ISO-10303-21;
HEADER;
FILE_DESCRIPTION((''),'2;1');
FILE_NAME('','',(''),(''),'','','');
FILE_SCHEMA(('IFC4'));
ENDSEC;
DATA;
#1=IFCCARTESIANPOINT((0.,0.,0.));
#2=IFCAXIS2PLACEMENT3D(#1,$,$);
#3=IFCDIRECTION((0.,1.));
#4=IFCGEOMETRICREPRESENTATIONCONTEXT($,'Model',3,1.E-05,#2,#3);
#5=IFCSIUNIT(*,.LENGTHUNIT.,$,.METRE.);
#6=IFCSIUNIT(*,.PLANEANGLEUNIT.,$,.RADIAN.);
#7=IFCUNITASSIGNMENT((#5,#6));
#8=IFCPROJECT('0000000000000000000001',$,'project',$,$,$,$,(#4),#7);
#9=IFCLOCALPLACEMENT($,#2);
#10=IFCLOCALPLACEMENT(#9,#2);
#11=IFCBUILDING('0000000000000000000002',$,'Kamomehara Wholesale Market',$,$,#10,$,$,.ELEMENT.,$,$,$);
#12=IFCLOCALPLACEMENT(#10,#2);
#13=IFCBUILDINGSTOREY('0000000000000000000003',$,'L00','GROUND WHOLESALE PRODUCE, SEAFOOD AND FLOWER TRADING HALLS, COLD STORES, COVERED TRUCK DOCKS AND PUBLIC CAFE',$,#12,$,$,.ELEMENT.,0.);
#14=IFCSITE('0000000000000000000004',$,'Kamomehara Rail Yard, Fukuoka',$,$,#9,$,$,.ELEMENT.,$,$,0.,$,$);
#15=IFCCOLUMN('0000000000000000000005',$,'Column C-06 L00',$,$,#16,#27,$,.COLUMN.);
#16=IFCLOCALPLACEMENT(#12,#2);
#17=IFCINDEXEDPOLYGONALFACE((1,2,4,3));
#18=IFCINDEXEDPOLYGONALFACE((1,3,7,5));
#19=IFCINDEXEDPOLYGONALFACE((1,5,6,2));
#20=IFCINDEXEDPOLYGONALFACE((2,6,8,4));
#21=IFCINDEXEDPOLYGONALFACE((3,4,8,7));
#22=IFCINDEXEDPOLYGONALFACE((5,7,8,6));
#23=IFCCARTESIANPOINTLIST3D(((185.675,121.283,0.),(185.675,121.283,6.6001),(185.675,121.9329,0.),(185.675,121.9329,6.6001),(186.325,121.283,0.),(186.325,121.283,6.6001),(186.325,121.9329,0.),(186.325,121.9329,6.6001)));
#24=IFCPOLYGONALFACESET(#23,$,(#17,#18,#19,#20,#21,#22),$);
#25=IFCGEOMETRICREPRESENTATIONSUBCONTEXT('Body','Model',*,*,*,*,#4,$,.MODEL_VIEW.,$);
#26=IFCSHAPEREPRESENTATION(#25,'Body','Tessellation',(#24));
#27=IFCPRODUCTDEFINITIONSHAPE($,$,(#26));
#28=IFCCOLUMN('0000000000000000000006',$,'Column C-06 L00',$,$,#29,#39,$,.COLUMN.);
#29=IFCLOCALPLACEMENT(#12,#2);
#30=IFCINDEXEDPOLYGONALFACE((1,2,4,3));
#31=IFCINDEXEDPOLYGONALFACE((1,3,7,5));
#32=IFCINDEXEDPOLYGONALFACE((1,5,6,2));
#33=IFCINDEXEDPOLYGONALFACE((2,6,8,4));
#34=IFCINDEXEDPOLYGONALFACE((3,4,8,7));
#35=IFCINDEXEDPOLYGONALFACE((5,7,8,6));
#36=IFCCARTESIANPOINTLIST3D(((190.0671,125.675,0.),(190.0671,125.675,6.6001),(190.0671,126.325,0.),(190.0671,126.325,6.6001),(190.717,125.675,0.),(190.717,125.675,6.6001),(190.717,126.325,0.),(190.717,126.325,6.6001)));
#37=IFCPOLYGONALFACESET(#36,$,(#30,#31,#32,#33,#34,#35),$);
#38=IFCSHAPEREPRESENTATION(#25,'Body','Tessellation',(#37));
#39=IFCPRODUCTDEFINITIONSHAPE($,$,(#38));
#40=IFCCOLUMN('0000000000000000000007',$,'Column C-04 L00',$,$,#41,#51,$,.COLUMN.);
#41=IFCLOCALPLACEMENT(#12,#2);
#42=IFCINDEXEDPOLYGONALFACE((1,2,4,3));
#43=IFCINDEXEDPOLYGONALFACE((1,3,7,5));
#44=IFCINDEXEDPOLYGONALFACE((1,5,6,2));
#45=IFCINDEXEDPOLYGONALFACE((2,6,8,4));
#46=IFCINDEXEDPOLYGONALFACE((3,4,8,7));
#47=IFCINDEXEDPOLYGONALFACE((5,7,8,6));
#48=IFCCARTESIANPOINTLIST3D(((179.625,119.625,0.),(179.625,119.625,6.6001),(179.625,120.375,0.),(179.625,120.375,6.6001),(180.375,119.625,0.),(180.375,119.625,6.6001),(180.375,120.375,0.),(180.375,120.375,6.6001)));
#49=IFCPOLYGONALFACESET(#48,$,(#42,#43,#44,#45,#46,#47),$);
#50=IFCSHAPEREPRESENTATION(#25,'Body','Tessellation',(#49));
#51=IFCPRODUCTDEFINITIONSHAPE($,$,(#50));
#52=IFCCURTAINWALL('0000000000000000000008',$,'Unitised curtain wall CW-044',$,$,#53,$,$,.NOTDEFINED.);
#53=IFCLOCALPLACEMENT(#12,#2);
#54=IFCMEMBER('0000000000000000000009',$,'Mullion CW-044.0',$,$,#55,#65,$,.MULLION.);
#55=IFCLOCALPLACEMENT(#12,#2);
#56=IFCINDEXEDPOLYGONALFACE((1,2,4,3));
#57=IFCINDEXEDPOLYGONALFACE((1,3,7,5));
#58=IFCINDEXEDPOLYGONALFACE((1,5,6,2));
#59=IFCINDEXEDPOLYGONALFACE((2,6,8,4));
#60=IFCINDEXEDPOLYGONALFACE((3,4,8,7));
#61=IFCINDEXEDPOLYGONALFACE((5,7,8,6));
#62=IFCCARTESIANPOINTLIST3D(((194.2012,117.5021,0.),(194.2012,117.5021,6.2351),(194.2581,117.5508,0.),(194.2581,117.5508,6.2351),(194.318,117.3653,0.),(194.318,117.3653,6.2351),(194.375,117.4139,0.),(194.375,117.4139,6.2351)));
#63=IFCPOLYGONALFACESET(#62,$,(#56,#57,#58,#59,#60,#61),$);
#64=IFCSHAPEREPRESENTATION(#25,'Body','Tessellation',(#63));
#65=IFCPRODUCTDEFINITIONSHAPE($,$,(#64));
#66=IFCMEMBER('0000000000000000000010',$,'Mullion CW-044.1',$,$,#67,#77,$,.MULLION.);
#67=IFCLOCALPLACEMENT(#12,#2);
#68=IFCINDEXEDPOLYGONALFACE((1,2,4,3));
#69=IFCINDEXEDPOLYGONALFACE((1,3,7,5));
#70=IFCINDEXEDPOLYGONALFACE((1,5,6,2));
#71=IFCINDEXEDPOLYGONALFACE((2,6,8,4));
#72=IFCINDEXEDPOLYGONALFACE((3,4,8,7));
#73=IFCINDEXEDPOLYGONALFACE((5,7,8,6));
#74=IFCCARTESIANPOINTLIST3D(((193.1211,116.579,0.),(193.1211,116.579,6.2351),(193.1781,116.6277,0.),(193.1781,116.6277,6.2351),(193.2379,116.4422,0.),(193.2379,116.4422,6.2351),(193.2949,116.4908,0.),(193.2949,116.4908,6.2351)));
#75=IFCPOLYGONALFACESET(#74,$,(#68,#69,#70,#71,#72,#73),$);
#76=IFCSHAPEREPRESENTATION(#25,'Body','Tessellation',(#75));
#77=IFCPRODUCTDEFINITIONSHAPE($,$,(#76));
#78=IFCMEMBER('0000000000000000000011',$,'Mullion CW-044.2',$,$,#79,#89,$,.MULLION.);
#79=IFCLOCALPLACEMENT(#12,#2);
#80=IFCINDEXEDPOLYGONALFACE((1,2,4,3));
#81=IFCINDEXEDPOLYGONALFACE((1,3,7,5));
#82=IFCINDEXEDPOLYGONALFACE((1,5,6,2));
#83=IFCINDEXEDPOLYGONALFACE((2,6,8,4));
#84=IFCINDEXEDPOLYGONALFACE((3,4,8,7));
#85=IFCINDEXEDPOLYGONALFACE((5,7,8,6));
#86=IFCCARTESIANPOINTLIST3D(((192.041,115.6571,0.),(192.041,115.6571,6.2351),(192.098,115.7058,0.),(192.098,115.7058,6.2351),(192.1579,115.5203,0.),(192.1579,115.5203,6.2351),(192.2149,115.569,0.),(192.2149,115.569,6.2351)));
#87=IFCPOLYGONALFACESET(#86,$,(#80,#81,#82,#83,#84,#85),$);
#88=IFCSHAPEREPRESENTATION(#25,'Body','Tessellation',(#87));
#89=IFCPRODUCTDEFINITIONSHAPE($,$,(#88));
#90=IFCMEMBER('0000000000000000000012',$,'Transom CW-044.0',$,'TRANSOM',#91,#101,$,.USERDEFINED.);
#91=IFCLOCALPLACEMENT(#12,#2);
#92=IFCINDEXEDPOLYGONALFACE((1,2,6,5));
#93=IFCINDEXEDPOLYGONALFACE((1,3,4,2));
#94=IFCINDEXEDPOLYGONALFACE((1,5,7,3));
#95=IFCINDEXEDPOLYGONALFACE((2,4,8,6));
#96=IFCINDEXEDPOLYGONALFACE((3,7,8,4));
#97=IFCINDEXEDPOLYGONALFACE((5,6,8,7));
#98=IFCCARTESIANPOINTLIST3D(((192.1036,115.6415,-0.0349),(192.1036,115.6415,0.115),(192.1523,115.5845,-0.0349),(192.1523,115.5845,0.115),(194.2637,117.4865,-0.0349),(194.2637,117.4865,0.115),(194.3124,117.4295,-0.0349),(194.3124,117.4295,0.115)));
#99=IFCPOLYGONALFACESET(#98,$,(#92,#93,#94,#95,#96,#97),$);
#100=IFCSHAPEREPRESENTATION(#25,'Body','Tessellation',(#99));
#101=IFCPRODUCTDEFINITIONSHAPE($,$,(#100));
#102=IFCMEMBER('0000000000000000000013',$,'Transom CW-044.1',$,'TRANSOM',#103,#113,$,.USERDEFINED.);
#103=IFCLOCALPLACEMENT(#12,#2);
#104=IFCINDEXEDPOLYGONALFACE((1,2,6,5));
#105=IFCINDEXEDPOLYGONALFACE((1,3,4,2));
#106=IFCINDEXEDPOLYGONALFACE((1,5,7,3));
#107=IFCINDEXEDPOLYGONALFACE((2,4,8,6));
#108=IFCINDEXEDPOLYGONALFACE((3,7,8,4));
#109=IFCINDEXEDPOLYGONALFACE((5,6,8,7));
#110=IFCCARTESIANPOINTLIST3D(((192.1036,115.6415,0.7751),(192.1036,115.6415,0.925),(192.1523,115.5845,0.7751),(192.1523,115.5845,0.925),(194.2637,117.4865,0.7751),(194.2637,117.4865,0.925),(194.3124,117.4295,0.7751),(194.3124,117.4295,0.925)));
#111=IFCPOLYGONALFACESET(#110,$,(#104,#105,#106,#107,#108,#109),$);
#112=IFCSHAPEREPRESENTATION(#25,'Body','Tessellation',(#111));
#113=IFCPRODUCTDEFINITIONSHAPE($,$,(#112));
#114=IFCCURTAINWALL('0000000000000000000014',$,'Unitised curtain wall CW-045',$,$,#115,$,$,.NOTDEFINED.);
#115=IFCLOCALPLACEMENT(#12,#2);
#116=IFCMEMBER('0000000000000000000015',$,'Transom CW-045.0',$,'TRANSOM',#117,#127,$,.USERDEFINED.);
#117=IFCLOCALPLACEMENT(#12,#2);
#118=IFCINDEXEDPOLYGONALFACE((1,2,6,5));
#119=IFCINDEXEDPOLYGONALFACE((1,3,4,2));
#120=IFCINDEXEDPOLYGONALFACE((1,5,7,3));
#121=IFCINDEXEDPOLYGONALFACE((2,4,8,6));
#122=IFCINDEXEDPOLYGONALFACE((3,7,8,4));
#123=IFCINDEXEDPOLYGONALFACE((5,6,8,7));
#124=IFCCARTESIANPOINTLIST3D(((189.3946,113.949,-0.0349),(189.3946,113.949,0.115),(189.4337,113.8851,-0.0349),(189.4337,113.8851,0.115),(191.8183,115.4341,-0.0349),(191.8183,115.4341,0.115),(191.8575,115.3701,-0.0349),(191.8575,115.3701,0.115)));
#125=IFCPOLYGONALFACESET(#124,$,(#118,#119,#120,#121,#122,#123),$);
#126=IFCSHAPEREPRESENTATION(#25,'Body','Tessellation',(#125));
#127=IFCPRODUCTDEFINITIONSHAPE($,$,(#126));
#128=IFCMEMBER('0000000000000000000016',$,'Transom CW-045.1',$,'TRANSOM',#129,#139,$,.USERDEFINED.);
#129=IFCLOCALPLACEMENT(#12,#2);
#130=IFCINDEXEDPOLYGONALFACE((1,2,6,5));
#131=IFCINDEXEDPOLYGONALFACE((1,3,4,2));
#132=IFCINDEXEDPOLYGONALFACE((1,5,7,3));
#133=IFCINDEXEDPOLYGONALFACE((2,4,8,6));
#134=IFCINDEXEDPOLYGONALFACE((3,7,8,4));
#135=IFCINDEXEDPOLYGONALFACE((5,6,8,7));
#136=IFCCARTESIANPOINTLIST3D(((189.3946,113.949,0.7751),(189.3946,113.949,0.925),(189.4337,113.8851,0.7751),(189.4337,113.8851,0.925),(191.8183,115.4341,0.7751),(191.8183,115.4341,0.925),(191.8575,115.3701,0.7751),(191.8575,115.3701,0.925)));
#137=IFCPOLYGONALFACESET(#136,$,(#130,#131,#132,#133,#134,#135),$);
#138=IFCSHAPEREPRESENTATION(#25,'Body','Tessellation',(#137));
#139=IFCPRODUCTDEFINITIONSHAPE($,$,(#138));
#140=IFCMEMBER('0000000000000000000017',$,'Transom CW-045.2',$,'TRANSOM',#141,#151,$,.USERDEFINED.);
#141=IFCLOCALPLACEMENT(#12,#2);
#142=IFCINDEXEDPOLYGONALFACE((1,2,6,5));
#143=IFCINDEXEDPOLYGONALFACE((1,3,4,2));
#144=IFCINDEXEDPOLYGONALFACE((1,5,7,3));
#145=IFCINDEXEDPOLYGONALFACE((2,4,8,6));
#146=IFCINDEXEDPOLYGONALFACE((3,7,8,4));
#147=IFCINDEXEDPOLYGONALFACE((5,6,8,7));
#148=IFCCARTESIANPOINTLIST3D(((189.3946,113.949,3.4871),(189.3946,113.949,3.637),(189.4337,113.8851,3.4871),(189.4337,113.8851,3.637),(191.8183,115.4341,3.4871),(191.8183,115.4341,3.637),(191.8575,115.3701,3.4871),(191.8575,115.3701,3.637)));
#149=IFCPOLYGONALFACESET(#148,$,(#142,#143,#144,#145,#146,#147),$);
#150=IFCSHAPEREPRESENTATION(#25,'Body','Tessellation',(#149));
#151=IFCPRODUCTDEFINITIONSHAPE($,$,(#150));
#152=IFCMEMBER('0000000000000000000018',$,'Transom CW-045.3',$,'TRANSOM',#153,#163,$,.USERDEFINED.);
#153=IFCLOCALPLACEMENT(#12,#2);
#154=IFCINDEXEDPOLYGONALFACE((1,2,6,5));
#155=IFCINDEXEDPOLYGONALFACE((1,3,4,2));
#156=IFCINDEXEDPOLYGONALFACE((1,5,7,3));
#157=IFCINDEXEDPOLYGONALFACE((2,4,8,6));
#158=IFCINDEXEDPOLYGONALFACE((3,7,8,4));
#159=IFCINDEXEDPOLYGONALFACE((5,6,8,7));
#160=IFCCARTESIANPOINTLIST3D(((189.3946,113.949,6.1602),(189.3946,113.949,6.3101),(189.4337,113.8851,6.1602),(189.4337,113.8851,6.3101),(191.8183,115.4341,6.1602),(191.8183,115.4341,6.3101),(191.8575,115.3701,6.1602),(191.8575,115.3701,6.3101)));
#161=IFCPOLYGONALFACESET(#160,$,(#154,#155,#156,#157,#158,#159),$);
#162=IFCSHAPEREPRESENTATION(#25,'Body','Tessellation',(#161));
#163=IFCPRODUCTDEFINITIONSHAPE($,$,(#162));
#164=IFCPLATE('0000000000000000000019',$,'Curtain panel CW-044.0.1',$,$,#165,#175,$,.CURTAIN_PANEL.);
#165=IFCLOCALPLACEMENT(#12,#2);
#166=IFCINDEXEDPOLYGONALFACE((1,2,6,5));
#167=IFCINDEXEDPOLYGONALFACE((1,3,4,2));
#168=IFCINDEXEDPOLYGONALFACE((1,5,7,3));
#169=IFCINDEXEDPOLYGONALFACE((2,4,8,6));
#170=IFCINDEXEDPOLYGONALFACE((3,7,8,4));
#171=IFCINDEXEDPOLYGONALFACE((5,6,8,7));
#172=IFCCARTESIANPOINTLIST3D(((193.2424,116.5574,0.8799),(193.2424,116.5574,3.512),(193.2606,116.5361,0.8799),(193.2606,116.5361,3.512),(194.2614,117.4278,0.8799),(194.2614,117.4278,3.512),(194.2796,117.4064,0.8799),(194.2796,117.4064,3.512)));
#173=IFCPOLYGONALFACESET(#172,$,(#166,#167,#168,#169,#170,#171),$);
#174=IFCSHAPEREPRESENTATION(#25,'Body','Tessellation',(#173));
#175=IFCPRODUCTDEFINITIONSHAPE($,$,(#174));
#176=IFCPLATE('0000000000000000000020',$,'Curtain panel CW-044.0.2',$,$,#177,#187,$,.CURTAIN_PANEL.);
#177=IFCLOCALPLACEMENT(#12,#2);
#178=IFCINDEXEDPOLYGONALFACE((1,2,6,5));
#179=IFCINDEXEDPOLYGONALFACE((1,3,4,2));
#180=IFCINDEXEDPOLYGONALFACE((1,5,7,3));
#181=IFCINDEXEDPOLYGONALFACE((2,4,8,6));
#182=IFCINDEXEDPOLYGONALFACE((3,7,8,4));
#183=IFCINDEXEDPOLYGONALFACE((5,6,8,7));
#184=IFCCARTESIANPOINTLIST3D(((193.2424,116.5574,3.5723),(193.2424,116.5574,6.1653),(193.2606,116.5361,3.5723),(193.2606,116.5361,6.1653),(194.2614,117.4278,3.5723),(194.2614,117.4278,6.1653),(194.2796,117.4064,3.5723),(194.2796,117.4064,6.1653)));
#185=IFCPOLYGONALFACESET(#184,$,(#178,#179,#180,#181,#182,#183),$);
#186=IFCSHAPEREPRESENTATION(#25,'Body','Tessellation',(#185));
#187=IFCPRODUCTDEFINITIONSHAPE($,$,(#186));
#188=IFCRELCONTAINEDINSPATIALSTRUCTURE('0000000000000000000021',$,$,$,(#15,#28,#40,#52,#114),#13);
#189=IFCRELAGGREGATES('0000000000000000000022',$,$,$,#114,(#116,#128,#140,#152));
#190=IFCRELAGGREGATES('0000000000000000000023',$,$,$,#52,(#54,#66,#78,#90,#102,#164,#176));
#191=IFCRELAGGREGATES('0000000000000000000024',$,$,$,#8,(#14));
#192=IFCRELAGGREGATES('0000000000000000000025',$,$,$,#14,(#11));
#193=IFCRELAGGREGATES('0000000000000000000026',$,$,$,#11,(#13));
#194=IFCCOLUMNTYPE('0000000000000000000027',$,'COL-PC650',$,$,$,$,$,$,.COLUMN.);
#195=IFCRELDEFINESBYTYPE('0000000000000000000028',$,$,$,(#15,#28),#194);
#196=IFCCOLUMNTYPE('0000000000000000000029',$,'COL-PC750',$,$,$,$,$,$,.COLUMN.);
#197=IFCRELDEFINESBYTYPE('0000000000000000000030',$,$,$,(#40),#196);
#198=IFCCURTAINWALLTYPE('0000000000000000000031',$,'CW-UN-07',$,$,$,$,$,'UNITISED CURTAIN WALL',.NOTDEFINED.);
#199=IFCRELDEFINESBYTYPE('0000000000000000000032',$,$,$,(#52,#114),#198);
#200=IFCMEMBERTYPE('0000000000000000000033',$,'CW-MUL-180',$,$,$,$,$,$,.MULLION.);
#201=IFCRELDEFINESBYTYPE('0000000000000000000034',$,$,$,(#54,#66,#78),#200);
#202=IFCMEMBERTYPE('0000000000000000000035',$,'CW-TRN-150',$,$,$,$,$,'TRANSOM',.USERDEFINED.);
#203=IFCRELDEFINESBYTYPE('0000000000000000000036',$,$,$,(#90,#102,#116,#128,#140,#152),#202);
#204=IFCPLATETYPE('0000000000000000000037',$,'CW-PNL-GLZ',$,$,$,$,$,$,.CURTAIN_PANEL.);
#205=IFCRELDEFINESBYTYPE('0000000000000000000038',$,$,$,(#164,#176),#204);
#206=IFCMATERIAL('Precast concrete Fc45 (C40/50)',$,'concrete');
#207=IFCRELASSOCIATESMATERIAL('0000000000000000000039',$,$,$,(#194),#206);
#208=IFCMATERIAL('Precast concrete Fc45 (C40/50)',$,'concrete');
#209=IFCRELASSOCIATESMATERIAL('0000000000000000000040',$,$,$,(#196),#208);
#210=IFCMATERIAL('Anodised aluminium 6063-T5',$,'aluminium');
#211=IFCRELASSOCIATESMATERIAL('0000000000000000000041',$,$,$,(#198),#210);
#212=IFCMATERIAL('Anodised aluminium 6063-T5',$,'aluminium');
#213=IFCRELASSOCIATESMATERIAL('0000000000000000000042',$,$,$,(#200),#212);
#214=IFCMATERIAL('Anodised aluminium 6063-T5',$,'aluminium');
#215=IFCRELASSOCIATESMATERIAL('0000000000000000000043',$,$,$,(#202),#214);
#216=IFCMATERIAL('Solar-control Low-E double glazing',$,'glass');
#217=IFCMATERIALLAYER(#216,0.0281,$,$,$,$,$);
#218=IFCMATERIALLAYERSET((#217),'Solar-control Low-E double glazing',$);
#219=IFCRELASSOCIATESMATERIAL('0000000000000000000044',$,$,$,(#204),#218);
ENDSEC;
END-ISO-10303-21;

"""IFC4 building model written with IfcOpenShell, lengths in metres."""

from ifc_helpers import new_model, si_unit, direction, frame, origin, origin_2d, place, context, subcontext, project, spatial, rectangle, extrude, material, layer, layer_set, material_profile, profile_set, type_object, element, aggregate, save


model = new_model("IFC4")

# Units and contexts
model_context = context("Model", 3, precision=1e-05, world=origin(), true_north=direction((0.0, 1.0)))
body_context = subcontext(model_context, "Body", "Model", "MODEL_VIEW")
ifc_project = project(units=[si_unit("LENGTHUNIT", "METRE"), si_unit("PLANEANGLEUNIT", "RADIAN")], contexts=[model_context])

# Site, building, storey
site_placement = place(None, origin())
site = spatial("IfcSite", under=ifc_project, at=site_placement, Name="Kamomehara Rail Yard, Fukuoka", CompositionType="ELEMENT", RefElevation=0.0)
building_placement = place(site_placement, origin())
building = spatial("IfcBuilding", under=site, at=building_placement, Name="Kamomehara Wholesale Market", CompositionType="ELEMENT")
storey_placement = place(building_placement, origin())
storey = spatial("IfcBuildingStorey", under=building, at=storey_placement, Name="L00", Description="GROUND WHOLESALE PRODUCE, SEAFOOD AND FLOWER TRADING HALLS, COLD STORES, COVERED TRUCK DOCKS AND PUBLIC CAFE", CompositionType="ELEMENT", Elevation=0.0)

# Columns
ifc_material_1 = material(Name="Precast concrete Fc45 (C40/50)", Category="concrete")
ifc_material_profile_1 = material_profile(ifc_material_1, rectangle(XDim=0.6499, YDim=0.6499, at=origin_2d()), Name="PC-COL-650x650")
ifc_profile_set_1 = profile_set([ifc_material_profile_1], Name="Precast concrete Fc45 (C40/50)")
column_type_1 = type_object("IfcColumnType", Name="COL-PC650", PredefinedType="COLUMN", material=ifc_profile_set_1)
for number, where, z_axis, x_axis, name in (
    (1, (186.0, 121.6079, 0.0), (0.0, 0.0, 1.0), (1.0, 0.0, 0.0), "Column C-06 L00"),
    (2, (190.3921, 126.0, 0.0), (0.0, 0.0, 1.0), (1.0, 0.0, 0.0), "Column C-06 L00"),
):
    element("IfcColumn", number, at=place(storey_placement, frame(where, z_axis=z_axis, x_axis=x_axis)), inside=storey, type_object=column_type_1, Name=name, PredefinedType="COLUMN", context=body_context, shape_type="SweptSolid", body=[
        extrude(rectangle(XDim=0.6499, YDim=0.6499, at=origin_2d()), origin(), (0.0, 0.0, 1.0), 6.6001),
    ])
ifc_material_2 = material(Name="Precast concrete Fc45 (C40/50)", Category="concrete")
ifc_material_profile_2 = material_profile(ifc_material_2, rectangle(XDim=0.75, YDim=0.75, at=origin_2d()), Name="PC-COL-750x750")
ifc_profile_set_2 = profile_set([ifc_material_profile_2], Name="Precast concrete Fc45 (C40/50)")
column_type_2 = type_object("IfcColumnType", Name="COL-PC750", PredefinedType="COLUMN", material=ifc_profile_set_2)
column_placement = place(storey_placement, frame((180.0, 120.0, 0.0), z_axis=(0.0, 0.0, 1.0), x_axis=(1.0, 0.0, 0.0)))
element("IfcColumn", 3, at=column_placement, inside=storey, type_object=column_type_2, Name="Column C-04 L00", PredefinedType="COLUMN", context=body_context, shape_type="SweptSolid", body=[
    extrude(rectangle(XDim=0.75, YDim=0.75, at=origin_2d()), origin(), (0.0, 0.0, 1.0), 6.6001),
])

# Curtain walls, members
ifc_material_3 = material(Name="Anodised aluminium 6063-T5", Category="aluminium")
curtain_wall_type = type_object("IfcCurtainWallType", Name="CW-UN-07", ElementType="UNITISED CURTAIN WALL", PredefinedType="NOTDEFINED", material=ifc_material_3)
curtain_wall_1_placement = place(storey_placement, origin())
curtain_wall_1 = element("IfcCurtainWall", 4, at=curtain_wall_1_placement, inside=storey, type_object=curtain_wall_type, Name="Unitised curtain wall CW-044", PredefinedType="NOTDEFINED")
ifc_material_4 = material(Name="Anodised aluminium 6063-T5", Category="aluminium")
ifc_material_profile_3 = material_profile(ifc_material_4, rectangle(XDim=0.075, YDim=0.1799, at=origin_2d()), Name="ALU-MUL-75x180")
ifc_profile_set_3 = profile_set([ifc_material_profile_3], Name="Anodised aluminium 6063-T5")
member_type_1 = type_object("IfcMemberType", Name="CW-MUL-180", PredefinedType="MULLION", material=ifc_profile_set_3)
member_1_placement = place(storey_placement, frame((194.2881, 117.458, 0.0), z_axis=(0.0, 0.0, 1.0), x_axis=(-0.760374, -0.649485, 0.0)))
member_1 = element("IfcMember", 5, at=member_1_placement, type_object=member_type_1, Name="Mullion CW-044.0", PredefinedType="MULLION", context=body_context, shape_type="SweptSolid", body=[
    extrude(rectangle(XDim=0.075, YDim=0.1799, at=origin_2d()), origin(), (0.0, 0.0, 1.0), 6.2351),
])
member_2_placement = place(storey_placement, frame((193.208, 116.5349, 0.0), z_axis=(0.0, 0.0, 1.0), x_axis=(-0.760374, -0.649485, 0.0)))
member_2 = element("IfcMember", 6, at=member_2_placement, type_object=member_type_1, Name="Mullion CW-044.1", PredefinedType="MULLION", context=body_context, shape_type="SweptSolid", body=[
    extrude(rectangle(XDim=0.075, YDim=0.1799, at=origin_2d()), origin(), (0.0, 0.0, 1.0), 6.2351),
])
member_3_placement = place(storey_placement, frame((192.1279, 115.613, 0.0), z_axis=(0.0, 0.0, 1.0), x_axis=(-0.760374, -0.649485, 0.0)))
member_3 = element("IfcMember", 7, at=member_3_placement, type_object=member_type_1, Name="Mullion CW-044.2", PredefinedType="MULLION", context=body_context, shape_type="SweptSolid", body=[
    extrude(rectangle(XDim=0.075, YDim=0.1799, at=origin_2d()), origin(), (0.0, 0.0, 1.0), 6.2351),
])
ifc_material_5 = material(Name="Anodised aluminium 6063-T5", Category="aluminium")
ifc_material_profile_4 = material_profile(ifc_material_5, rectangle(XDim=0.075, YDim=0.1499, at=origin_2d()), Name="ALU-TRN-75x150")
ifc_profile_set_4 = profile_set([ifc_material_profile_4], Name="Anodised aluminium 6063-T5")
member_type_2 = type_object("IfcMemberType", Name="CW-TRN-150", ElementType="TRANSOM", PredefinedType="USERDEFINED", material=ifc_profile_set_4)
member_4_placement = place(storey_placement, frame((194.2881, 117.458, 0.04), z_axis=(-0.760402, -0.649453, 0.0), x_axis=(0.649453, -0.760402, 0.0)))
member_4 = element("IfcMember", 8, at=member_4_placement, type_object=member_type_2, Name="Transom CW-044.0", ObjectType="TRANSOM", PredefinedType="USERDEFINED", context=body_context, shape_type="SweptSolid", body=[
    extrude(rectangle(XDim=0.075, YDim=0.1499, at=origin_2d()), origin(), (0.0, 0.0, 1.0), 2.8408),
])
member_5_placement = place(storey_placement, frame((194.2881, 117.458, 0.8501), z_axis=(-0.760402, -0.649453, 0.0), x_axis=(0.649453, -0.760402, 0.0)))
member_5 = element("IfcMember", 9, at=member_5_placement, type_object=member_type_2, Name="Transom CW-044.1", ObjectType="TRANSOM", PredefinedType="USERDEFINED", context=body_context, shape_type="SweptSolid", body=[
    extrude(rectangle(XDim=0.075, YDim=0.1499, at=origin_2d()), origin(), (0.0, 0.0, 1.0), 2.8408),
])
curtain_wall_2_placement = place(storey_placement, origin())
curtain_wall_2 = element("IfcCurtainWall", 10, at=curtain_wall_2_placement, inside=storey, type_object=curtain_wall_type, Name="Unitised curtain wall CW-045", PredefinedType="NOTDEFINED")
member_6_placement = place(storey_placement, frame((191.8379, 115.4021, 0.04), z_axis=(-0.852674, -0.522443, 0.0), x_axis=(0.522443, -0.852674, 0.0)))
member_6 = element("IfcMember", 11, at=member_6_placement, type_object=member_type_2, Name="Transom CW-045.0", ObjectType="TRANSOM", PredefinedType="USERDEFINED", context=body_context, shape_type="SweptSolid", body=[
    extrude(rectangle(XDim=0.075, YDim=0.1499, at=origin_2d()), origin(), (0.0, 0.0, 1.0), 2.8425),
])
member_7_placement = place(storey_placement, frame((191.8379, 115.4021, 0.8501), z_axis=(-0.852674, -0.522443, 0.0), x_axis=(0.522443, -0.852674, 0.0)))
member_7 = element("IfcMember", 12, at=member_7_placement, type_object=member_type_2, Name="Transom CW-045.1", ObjectType="TRANSOM", PredefinedType="USERDEFINED", context=body_context, shape_type="SweptSolid", body=[
    extrude(rectangle(XDim=0.075, YDim=0.1499, at=origin_2d()), origin(), (0.0, 0.0, 1.0), 2.8425),
])
member_8_placement = place(storey_placement, frame((191.8379, 115.4021, 3.562), z_axis=(-0.852674, -0.522443, 0.0), x_axis=(0.522443, -0.852674, 0.0)))
member_8 = element("IfcMember", 13, at=member_8_placement, type_object=member_type_2, Name="Transom CW-045.2", ObjectType="TRANSOM", PredefinedType="USERDEFINED", context=body_context, shape_type="SweptSolid", body=[
    extrude(rectangle(XDim=0.075, YDim=0.1499, at=origin_2d()), origin(), (0.0, 0.0, 1.0), 2.8425),
])
member_9_placement = place(storey_placement, frame((191.8379, 115.4021, 6.2351), z_axis=(-0.852674, -0.522443, 0.0), x_axis=(0.522443, -0.852674, 0.0)))
member_9 = element("IfcMember", 14, at=member_9_placement, type_object=member_type_2, Name="Transom CW-045.3", ObjectType="TRANSOM", PredefinedType="USERDEFINED", context=body_context, shape_type="SweptSolid", body=[
    extrude(rectangle(XDim=0.075, YDim=0.1499, at=origin_2d()), origin(), (0.0, 0.0, 1.0), 2.8425),
])
aggregate(curtain_wall_2, [member_6, member_7, member_8, member_9])

# Plates
ifc_material_6 = material(Name="Solar-control Low-E double glazing", Category="glass")
ifc_layer_1 = layer(ifc_material_6, 0.0281)
ifc_layer_set_1 = layer_set([ifc_layer_1], Name="Solar-control Low-E double glazing")
plate_type_1 = type_object("IfcPlateType", Name="CW-PNL-GLZ", PredefinedType="CURTAIN_PANEL", material=ifc_layer_set_1)
plate_1_placement = place(storey_placement, frame((193.761, 116.9819, 0.8799), z_axis=(0.0, 0.0, 1.0), x_axis=(-0.760372, -0.649488, 0.0)))
plate_1 = element("IfcPlate", 15, at=plate_1_placement, type_object=plate_type_1, Name="Curtain panel CW-044.0.1", PredefinedType="CURTAIN_PANEL", context=body_context, shape_type="SweptSolid", body=[
    extrude(rectangle(XDim=1.3401, YDim=0.0281, at=origin_2d()), origin(), (0.0, 0.0, 1.0), 2.6321),
])
plate_2_placement = place(storey_placement, frame((193.761, 116.9819, 3.5723), z_axis=(0.0, 0.0, 1.0), x_axis=(-0.760372, -0.649488, 0.0)))
plate_2 = element("IfcPlate", 16, at=plate_2_placement, type_object=plate_type_1, Name="Curtain panel CW-044.0.2", PredefinedType="CURTAIN_PANEL", context=body_context, shape_type="SweptSolid", body=[
    extrude(rectangle(XDim=1.3401, YDim=0.0281, at=origin_2d()), origin(), (0.0, 0.0, 1.0), 2.593),
])
aggregate(curtain_wall_1, [member_1, member_2, member_3, member_4, member_5, plate_1, plate_2])

save(model, "model.ifc")
